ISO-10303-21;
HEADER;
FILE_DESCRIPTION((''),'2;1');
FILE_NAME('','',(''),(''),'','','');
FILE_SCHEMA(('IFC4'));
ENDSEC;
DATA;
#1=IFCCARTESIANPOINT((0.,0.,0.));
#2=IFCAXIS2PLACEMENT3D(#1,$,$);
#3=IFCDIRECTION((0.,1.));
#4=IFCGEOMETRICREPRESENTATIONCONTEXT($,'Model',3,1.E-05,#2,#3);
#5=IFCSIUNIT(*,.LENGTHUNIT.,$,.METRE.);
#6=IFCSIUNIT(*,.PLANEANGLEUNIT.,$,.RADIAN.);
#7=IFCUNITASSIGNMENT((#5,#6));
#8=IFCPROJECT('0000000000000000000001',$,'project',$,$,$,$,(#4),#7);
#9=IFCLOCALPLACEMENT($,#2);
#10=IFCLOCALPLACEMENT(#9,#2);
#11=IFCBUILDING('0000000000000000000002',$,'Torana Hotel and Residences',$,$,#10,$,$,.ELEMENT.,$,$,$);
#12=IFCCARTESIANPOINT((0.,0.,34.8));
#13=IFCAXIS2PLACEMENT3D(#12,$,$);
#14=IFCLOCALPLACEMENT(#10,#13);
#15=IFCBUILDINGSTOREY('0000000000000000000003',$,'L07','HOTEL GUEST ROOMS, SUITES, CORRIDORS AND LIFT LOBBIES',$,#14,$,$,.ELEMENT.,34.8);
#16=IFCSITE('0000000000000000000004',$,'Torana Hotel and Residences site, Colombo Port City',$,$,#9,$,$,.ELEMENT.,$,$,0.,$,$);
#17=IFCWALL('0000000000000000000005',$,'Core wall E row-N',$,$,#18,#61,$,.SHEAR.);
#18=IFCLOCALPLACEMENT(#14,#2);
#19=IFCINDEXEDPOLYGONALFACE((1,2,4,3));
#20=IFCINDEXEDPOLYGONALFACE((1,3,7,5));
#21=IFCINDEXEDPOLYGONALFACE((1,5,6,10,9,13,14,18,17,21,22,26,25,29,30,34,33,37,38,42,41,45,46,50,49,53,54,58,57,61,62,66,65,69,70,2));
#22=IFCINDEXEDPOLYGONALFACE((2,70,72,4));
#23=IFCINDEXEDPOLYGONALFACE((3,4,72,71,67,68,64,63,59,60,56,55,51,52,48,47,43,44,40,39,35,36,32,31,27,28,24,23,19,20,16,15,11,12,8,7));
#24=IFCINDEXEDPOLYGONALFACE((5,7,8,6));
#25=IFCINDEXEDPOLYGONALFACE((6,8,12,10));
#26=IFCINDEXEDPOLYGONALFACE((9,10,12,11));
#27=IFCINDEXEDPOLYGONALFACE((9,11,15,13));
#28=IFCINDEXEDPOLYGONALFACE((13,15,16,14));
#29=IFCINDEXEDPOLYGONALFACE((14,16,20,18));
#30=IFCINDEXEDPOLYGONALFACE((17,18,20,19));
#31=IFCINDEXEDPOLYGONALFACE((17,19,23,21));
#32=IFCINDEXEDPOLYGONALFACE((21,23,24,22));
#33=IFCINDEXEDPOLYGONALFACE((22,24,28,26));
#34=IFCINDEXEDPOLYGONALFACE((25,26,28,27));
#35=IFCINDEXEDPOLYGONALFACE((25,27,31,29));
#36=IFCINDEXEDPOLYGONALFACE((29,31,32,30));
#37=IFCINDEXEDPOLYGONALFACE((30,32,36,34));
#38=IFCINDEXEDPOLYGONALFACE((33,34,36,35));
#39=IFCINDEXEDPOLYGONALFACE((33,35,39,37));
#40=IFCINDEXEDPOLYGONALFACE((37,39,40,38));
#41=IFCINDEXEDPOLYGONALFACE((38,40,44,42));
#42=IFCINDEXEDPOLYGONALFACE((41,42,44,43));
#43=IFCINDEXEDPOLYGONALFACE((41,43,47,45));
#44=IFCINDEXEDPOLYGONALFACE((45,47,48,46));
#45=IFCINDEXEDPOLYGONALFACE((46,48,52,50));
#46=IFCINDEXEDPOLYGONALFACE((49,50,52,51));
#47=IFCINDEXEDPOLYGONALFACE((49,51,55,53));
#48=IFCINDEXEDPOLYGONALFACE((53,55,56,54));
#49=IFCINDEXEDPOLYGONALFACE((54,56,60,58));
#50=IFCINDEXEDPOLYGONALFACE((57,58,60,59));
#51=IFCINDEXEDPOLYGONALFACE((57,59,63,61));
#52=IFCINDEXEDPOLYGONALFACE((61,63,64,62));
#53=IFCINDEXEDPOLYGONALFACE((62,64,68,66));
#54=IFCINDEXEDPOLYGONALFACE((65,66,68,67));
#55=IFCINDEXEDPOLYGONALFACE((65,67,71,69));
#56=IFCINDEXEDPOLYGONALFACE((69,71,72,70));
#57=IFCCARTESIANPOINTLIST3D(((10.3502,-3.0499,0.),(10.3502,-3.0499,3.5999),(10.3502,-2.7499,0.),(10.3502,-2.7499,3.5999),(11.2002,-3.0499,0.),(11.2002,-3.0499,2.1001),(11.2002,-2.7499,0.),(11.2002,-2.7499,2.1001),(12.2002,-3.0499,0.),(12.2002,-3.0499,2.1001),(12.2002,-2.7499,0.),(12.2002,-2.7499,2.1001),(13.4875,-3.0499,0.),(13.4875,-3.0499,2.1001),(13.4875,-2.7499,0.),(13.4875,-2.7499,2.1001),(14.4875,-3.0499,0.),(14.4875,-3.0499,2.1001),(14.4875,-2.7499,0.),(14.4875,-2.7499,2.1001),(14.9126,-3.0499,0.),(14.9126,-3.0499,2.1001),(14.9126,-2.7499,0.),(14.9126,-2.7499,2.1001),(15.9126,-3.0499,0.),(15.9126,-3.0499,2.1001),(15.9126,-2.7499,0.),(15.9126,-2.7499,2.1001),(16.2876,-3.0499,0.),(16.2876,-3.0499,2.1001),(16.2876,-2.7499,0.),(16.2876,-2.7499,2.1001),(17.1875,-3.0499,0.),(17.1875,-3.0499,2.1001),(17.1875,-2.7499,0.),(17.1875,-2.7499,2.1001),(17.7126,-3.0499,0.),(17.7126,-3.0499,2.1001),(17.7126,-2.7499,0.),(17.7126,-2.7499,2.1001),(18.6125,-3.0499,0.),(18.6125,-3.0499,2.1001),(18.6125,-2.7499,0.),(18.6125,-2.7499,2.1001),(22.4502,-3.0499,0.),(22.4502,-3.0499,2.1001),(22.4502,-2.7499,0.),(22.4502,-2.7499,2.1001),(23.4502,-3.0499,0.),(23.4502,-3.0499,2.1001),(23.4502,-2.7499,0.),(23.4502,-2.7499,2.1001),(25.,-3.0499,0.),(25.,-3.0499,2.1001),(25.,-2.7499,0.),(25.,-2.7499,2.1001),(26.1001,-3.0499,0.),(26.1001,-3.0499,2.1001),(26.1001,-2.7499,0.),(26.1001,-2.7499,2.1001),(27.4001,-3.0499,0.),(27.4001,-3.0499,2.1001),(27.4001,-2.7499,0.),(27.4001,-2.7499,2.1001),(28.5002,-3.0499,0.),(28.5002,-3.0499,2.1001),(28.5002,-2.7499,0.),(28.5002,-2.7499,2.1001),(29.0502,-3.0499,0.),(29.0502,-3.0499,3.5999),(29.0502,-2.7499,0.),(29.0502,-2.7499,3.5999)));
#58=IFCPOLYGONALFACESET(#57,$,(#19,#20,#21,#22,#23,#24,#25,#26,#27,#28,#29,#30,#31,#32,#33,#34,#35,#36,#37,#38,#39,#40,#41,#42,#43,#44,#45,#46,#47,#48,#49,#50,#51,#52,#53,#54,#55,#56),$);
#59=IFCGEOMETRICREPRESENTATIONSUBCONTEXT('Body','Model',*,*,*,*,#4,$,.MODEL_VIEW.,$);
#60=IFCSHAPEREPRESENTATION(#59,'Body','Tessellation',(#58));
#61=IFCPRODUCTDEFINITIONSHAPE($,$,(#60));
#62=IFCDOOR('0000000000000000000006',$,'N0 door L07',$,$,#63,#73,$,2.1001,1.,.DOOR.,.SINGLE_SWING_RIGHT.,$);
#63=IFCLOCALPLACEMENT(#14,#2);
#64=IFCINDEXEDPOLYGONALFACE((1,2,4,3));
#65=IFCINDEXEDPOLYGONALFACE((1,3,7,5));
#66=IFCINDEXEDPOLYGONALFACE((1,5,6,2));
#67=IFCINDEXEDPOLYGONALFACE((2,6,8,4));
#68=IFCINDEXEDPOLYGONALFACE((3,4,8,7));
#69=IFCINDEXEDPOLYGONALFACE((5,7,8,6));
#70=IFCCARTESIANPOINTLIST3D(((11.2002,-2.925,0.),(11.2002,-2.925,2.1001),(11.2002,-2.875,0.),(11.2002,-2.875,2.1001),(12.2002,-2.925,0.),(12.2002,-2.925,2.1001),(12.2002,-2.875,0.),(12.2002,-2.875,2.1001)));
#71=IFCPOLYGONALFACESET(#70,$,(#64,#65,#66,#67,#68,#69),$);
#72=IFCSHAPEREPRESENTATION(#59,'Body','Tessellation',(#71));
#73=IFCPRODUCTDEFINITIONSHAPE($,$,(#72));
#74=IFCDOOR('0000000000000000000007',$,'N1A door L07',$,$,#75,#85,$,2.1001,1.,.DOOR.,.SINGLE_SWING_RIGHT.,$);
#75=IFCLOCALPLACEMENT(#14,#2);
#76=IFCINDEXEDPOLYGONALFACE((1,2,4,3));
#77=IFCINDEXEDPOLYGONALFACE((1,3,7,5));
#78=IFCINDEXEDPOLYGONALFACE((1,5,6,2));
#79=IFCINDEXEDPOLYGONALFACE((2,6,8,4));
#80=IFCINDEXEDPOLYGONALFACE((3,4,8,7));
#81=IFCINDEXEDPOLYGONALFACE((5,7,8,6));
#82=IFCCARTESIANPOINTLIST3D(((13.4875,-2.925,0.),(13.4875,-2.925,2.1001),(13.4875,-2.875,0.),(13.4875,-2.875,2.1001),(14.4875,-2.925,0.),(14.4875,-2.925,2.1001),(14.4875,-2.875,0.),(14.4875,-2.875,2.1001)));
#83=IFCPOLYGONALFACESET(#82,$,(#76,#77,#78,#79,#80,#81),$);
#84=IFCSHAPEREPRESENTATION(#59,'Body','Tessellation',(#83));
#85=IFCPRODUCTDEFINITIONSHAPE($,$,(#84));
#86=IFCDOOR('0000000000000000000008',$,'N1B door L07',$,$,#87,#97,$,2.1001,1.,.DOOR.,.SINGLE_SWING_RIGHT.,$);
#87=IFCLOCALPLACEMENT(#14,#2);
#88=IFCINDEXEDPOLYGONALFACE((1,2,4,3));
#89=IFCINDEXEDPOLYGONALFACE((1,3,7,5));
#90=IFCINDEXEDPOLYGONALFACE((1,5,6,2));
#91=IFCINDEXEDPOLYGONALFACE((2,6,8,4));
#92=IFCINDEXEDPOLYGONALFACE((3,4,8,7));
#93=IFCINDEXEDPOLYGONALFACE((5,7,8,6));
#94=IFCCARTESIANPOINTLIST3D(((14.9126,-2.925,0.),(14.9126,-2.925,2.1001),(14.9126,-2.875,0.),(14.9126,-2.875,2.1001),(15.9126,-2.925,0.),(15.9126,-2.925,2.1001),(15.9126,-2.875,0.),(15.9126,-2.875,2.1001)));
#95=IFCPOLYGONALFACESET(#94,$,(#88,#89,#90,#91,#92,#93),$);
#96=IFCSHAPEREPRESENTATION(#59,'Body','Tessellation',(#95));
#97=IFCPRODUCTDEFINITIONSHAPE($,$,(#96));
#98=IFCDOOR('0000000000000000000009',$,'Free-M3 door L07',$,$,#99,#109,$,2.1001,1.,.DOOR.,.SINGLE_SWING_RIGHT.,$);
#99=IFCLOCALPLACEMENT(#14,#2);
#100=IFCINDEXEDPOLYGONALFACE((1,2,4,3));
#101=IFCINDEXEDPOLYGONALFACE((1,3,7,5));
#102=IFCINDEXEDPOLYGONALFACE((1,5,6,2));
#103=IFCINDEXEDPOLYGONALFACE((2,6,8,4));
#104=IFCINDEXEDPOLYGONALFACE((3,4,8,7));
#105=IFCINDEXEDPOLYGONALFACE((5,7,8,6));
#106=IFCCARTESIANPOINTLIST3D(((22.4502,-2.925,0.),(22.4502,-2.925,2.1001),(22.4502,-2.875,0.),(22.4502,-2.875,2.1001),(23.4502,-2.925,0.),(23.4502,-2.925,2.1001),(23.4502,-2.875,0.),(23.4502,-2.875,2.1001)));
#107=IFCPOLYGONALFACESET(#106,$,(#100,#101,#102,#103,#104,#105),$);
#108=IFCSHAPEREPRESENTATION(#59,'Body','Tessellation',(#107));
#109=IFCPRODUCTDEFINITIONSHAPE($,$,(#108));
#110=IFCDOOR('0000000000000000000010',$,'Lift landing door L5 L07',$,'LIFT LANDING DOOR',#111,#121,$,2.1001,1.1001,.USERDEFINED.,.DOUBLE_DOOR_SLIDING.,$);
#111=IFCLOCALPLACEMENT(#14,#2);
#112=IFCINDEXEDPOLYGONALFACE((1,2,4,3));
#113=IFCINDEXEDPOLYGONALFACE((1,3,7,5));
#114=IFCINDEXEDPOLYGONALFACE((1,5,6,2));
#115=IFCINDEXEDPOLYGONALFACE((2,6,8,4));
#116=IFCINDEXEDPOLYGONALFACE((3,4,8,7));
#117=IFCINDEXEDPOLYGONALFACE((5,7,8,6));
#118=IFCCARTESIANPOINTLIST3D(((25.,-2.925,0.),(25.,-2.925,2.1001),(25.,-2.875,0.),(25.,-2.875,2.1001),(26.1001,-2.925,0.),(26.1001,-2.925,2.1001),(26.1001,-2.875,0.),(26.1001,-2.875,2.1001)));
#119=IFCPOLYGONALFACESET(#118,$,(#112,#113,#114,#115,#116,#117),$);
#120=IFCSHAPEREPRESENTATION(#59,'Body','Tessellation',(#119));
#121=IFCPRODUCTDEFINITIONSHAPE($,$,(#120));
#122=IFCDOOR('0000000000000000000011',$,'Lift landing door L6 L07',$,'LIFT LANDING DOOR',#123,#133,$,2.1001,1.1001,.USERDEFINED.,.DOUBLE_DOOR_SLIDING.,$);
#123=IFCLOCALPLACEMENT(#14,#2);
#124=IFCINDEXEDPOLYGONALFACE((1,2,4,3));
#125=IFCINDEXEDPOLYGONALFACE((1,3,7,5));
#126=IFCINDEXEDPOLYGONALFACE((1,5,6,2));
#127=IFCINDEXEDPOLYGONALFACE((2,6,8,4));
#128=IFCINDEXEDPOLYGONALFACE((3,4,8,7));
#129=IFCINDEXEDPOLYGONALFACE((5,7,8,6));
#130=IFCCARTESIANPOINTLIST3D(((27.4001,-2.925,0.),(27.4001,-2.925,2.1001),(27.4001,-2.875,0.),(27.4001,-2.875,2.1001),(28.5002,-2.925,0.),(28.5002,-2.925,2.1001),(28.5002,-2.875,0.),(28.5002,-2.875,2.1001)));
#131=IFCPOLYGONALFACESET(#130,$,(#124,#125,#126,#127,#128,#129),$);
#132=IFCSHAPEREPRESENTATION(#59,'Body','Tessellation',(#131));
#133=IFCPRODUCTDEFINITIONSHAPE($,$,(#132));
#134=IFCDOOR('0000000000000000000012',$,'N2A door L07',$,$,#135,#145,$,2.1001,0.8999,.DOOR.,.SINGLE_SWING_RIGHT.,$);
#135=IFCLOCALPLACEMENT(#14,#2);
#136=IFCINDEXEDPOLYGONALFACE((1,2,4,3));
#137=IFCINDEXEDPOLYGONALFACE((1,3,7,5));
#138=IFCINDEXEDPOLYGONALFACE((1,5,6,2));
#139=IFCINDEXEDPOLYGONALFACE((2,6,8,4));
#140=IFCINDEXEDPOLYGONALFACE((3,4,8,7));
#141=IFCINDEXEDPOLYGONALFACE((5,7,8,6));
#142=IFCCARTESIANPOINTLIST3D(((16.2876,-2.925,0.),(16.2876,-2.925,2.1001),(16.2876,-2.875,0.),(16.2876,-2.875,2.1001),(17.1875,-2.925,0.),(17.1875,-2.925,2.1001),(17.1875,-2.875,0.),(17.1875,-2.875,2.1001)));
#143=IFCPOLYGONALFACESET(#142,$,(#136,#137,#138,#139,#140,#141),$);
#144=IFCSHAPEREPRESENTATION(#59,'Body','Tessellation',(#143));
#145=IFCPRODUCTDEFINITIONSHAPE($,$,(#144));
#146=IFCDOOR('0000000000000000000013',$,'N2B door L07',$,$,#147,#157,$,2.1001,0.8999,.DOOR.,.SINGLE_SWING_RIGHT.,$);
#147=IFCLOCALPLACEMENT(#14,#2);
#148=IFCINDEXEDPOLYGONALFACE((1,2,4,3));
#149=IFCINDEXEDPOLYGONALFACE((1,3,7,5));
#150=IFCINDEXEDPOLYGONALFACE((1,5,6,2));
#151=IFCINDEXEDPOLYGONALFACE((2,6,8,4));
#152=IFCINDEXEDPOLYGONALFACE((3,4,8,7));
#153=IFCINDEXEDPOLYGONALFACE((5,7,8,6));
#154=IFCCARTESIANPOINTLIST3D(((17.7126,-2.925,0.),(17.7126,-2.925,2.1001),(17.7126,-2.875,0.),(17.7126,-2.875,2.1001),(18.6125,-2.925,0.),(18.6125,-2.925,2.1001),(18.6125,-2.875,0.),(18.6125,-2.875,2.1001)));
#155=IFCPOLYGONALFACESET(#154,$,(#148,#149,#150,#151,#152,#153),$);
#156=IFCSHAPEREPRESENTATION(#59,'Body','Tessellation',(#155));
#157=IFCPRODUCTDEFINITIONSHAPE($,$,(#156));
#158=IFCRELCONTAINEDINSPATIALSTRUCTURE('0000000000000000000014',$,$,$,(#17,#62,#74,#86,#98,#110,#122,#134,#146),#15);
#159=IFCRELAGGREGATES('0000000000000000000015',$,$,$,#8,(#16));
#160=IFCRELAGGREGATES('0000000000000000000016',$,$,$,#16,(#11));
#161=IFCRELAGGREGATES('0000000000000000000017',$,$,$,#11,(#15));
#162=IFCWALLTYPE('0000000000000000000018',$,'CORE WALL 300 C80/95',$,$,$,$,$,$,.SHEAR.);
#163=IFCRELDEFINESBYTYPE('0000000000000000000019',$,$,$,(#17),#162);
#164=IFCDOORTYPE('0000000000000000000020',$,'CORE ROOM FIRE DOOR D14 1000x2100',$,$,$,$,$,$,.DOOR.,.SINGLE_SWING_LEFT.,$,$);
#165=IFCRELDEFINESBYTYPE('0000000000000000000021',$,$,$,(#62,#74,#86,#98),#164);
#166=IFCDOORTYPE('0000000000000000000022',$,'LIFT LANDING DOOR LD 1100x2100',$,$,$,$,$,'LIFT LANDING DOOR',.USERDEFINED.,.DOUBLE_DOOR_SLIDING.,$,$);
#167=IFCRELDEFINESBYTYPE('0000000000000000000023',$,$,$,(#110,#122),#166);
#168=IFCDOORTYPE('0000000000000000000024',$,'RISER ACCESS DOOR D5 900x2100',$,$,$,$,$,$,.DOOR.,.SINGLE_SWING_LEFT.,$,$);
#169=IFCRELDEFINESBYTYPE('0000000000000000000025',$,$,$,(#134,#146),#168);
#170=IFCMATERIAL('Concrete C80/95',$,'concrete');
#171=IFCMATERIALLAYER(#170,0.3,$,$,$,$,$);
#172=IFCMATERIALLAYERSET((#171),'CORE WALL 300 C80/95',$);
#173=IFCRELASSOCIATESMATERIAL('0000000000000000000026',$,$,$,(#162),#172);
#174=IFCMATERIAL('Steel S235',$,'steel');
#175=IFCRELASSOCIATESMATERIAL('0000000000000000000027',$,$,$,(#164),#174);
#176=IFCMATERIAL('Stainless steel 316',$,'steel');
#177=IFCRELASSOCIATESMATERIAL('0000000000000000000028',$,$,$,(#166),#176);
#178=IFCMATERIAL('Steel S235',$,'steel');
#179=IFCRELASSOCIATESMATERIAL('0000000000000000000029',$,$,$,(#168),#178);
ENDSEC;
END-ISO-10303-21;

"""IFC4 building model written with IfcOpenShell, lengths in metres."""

from ifc_helpers import new_model, si_unit, direction, frame, frame_2d, origin, place, context, subcontext, project, spatial, rectangle, extrude, material, layer, layer_set, type_object, element, fill, save


model = new_model("IFC4")

# Units and contexts
model_context = context("Model", 3, precision=1e-05, world=origin(), true_north=direction((0.0, 1.0)))
body_context = subcontext(model_context, "Body", "Model", "MODEL_VIEW")
ifc_project = project(units=[si_unit("LENGTHUNIT", "METRE"), si_unit("PLANEANGLEUNIT", "RADIAN")], contexts=[model_context])

# Site, building, storey
site_placement = place(None, origin())
site = spatial("IfcSite", under=ifc_project, at=site_placement, Name="Torana Hotel and Residences site, Colombo Port City", CompositionType="ELEMENT", RefElevation=0.0)
building_placement = place(site_placement, origin())
building = spatial("IfcBuilding", under=site, at=building_placement, Name="Torana Hotel and Residences", CompositionType="ELEMENT")
storey_placement = place(building_placement, frame((0.0, 0.0, 34.8)))
storey = spatial("IfcBuildingStorey", under=building, at=storey_placement, Name="L07", Description="HOTEL GUEST ROOMS, SUITES, CORRIDORS AND LIFT LOBBIES", CompositionType="ELEMENT", Elevation=34.8)

# Wall, openings, doors
ifc_material_1 = material(Name="Concrete C80/95", Category="concrete")
ifc_layer_1 = layer(ifc_material_1, 0.3)
ifc_layer_set_1 = layer_set([ifc_layer_1], Name="CORE WALL 300 C80/95")
wall_type_1 = type_object("IfcWallType", Name="CORE WALL 300 C80/95", PredefinedType="SHEAR", material=ifc_layer_set_1)
wall_1_placement = place(storey_placement, frame((10.3501, -2.8999, 0.0), z_axis=(0.0, 0.0, 1.0), x_axis=(1.0, 0.0, 0.0)))
wall_1 = element("IfcWall", 1, at=wall_1_placement, inside=storey, type_object=wall_type_1, Name="Core wall E row-N", PredefinedType="SHEAR", context=body_context, shape_type="SweptSolid", body=[
    extrude(rectangle(XDim=18.7, YDim=0.3, at=frame_2d((9.3501, 0.0))), origin(), (0.0, 0.0, 1.0), 3.5999),
])
opening_1_placement = place(wall_1_placement, frame((14.6499, 0.0, 0.0)))
opening_1 = element("IfcOpeningElement", 2, at=opening_1_placement, cuts=wall_1, PredefinedType="OPENING", context=body_context, shape_type="SweptSolid", body=[
    extrude(rectangle(XDim=1.1001, YDim=2.1001, at=frame_2d((0.55, 1.05))), frame((0.0, 0.1599, 0.0), z_axis=(0.0, -1.0, 0.0), x_axis=(1.0, 0.0, 0.0)), (0.0, 0.0, 1.0), 0.3201),
])
opening_2_placement = place(wall_1_placement, frame((17.05, 0.0, 0.0)))
opening_2 = element("IfcOpeningElement", 3, at=opening_2_placement, cuts=wall_1, PredefinedType="OPENING", context=body_context, shape_type="SweptSolid", body=[
    extrude(rectangle(XDim=1.1001, YDim=2.1001, at=frame_2d((0.55, 1.05))), frame((0.0, 0.1599, 0.0), z_axis=(0.0, -1.0, 0.0), x_axis=(1.0, 0.0, 0.0)), (0.0, 0.0, 1.0), 0.3201),
])
opening_3_placement = place(wall_1_placement, frame((5.9375, 0.0, 0.0)))
opening_3 = element("IfcOpeningElement", 4, at=opening_3_placement, cuts=wall_1, PredefinedType="OPENING", context=body_context, shape_type="SweptSolid", body=[
    extrude(rectangle(XDim=0.8999, YDim=2.1001, at=frame_2d((0.45, 1.05))), frame((0.0, 0.1599, 0.0), z_axis=(0.0, -1.0, 0.0), x_axis=(1.0, 0.0, 0.0)), (0.0, 0.0, 1.0), 0.3201),
])
opening_4_placement = place(wall_1_placement, frame((7.3625, 0.0, 0.0)))
opening_4 = element("IfcOpeningElement", 5, at=opening_4_placement, cuts=wall_1, PredefinedType="OPENING", context=body_context, shape_type="SweptSolid", body=[
    extrude(rectangle(XDim=0.8999, YDim=2.1001, at=frame_2d((0.45, 1.05))), frame((0.0, 0.1599, 0.0), z_axis=(0.0, -1.0, 0.0), x_axis=(1.0, 0.0, 0.0)), (0.0, 0.0, 1.0), 0.3201),
])
opening_5_placement = place(wall_1_placement, frame((0.8501, 0.0, 0.0)))
opening_5 = element("IfcOpeningElement", 6, at=opening_5_placement, cuts=wall_1, PredefinedType="OPENING", context=body_context, shape_type="SweptSolid", body=[
    extrude(rectangle(XDim=1.0, YDim=2.1001, at=frame_2d((0.5, 1.05))), frame((0.0, 0.1599, 0.0), z_axis=(0.0, -1.0, 0.0), x_axis=(1.0, 0.0, 0.0)), (0.0, 0.0, 1.0), 0.3201),
])
opening_6_placement = place(wall_1_placement, frame((3.1375, 0.0, 0.0)))
opening_6 = element("IfcOpeningElement", 7, at=opening_6_placement, cuts=wall_1, PredefinedType="OPENING", context=body_context, shape_type="SweptSolid", body=[
    extrude(rectangle(XDim=1.0, YDim=2.1001, at=frame_2d((0.5, 1.05))), frame((0.0, 0.1599, 0.0), z_axis=(0.0, -1.0, 0.0), x_axis=(1.0, 0.0, 0.0)), (0.0, 0.0, 1.0), 0.3201),
])
opening_7_placement = place(wall_1_placement, frame((4.5625, 0.0, 0.0)))
opening_7 = element("IfcOpeningElement", 8, at=opening_7_placement, cuts=wall_1, PredefinedType="OPENING", context=body_context, shape_type="SweptSolid", body=[
    extrude(rectangle(XDim=1.0, YDim=2.1001, at=frame_2d((0.5, 1.05))), frame((0.0, 0.1599, 0.0), z_axis=(0.0, -1.0, 0.0), x_axis=(1.0, 0.0, 0.0)), (0.0, 0.0, 1.0), 0.3201),
])
opening_8_placement = place(wall_1_placement, frame((12.1001, 0.0, 0.0)))
opening_8 = element("IfcOpeningElement", 9, at=opening_8_placement, cuts=wall_1, PredefinedType="OPENING", context=body_context, shape_type="SweptSolid", body=[
    extrude(rectangle(XDim=1.0, YDim=2.1001, at=frame_2d((0.5, 1.05))), frame((0.0, 0.1599, 0.0), z_axis=(0.0, -1.0, 0.0), x_axis=(1.0, 0.0, 0.0)), (0.0, 0.0, 1.0), 0.3201),
])
ifc_material_2 = material(Name="Steel S235", Category="steel")
door_type_1 = type_object("IfcDoorType", Name="CORE ROOM FIRE DOOR D14 1000x2100", OperationType="SINGLE_SWING_LEFT", PredefinedType="DOOR", material=ifc_material_2)
door_1_placement = place(opening_5_placement, origin())
door_1 = element("IfcDoor", 10, at=door_1_placement, inside=storey, type_object=door_type_1, Name="N0 door L07", OperationType="SINGLE_SWING_RIGHT", OverallHeight=2.1001, OverallWidth=1.0, PredefinedType="DOOR", context=body_context, shape_type="SweptSolid", body=[
    extrude(rectangle(XDim=1.0, YDim=2.1001, at=frame_2d((0.5, 1.05))), frame((0.0, 0.0249, 0.0), z_axis=(0.0, -1.0, 0.0), x_axis=(1.0, 0.0, 0.0)), (0.0, 0.0, 1.0), 0.05),
])
fill(opening_5, door_1)
door_2_placement = place(opening_6_placement, origin())
door_2 = element("IfcDoor", 11, at=door_2_placement, inside=storey, type_object=door_type_1, Name="N1A door L07", OperationType="SINGLE_SWING_RIGHT", OverallHeight=2.1001, OverallWidth=1.0, PredefinedType="DOOR", context=body_context, shape_type="SweptSolid", body=[
    extrude(rectangle(XDim=1.0, YDim=2.1001, at=frame_2d((0.5, 1.05))), frame((0.0, 0.0249, 0.0), z_axis=(0.0, -1.0, 0.0), x_axis=(1.0, 0.0, 0.0)), (0.0, 0.0, 1.0), 0.05),
])
fill(opening_6, door_2)
door_3_placement = place(opening_7_placement, origin())
door_3 = element("IfcDoor", 12, at=door_3_placement, inside=storey, type_object=door_type_1, Name="N1B door L07", OperationType="SINGLE_SWING_RIGHT", OverallHeight=2.1001, OverallWidth=1.0, PredefinedType="DOOR", context=body_context, shape_type="SweptSolid", body=[
    extrude(rectangle(XDim=1.0, YDim=2.1001, at=frame_2d((0.5, 1.05))), frame((0.0, 0.0249, 0.0), z_axis=(0.0, -1.0, 0.0), x_axis=(1.0, 0.0, 0.0)), (0.0, 0.0, 1.0), 0.05),
])
fill(opening_7, door_3)
door_4_placement = place(opening_8_placement, origin())
door_4 = element("IfcDoor", 13, at=door_4_placement, inside=storey, type_object=door_type_1, Name="Free-M3 door L07", OperationType="SINGLE_SWING_RIGHT", OverallHeight=2.1001, OverallWidth=1.0, PredefinedType="DOOR", context=body_context, shape_type="SweptSolid", body=[
    extrude(rectangle(XDim=1.0, YDim=2.1001, at=frame_2d((0.5, 1.05))), frame((0.0, 0.0249, 0.0), z_axis=(0.0, -1.0, 0.0), x_axis=(1.0, 0.0, 0.0)), (0.0, 0.0, 1.0), 0.05),
])
fill(opening_8, door_4)
ifc_material_3 = material(Name="Stainless steel 316", Category="steel")
door_type_2 = type_object("IfcDoorType", Name="LIFT LANDING DOOR LD 1100x2100", ElementType="LIFT LANDING DOOR", OperationType="DOUBLE_DOOR_SLIDING", PredefinedType="USERDEFINED", material=ifc_material_3)
door_5_placement = place(opening_1_placement, origin())
door_5 = element("IfcDoor", 14, at=door_5_placement, inside=storey, type_object=door_type_2, Name="Lift landing door L5 L07", ObjectType="LIFT LANDING DOOR", OperationType="DOUBLE_DOOR_SLIDING", OverallHeight=2.1001, OverallWidth=1.1001, PredefinedType="USERDEFINED", context=body_context, shape_type="SweptSolid", body=[
    extrude(rectangle(XDim=1.1001, YDim=2.1001, at=frame_2d((0.55, 1.05))), frame((0.0, 0.0249, 0.0), z_axis=(0.0, -1.0, 0.0), x_axis=(1.0, 0.0, 0.0)), (0.0, 0.0, 1.0), 0.05),
])
fill(opening_1, door_5)
door_6_placement = place(opening_2_placement, origin())
door_6 = element("IfcDoor", 15, at=door_6_placement, inside=storey, type_object=door_type_2, Name="Lift landing door L6 L07", ObjectType="LIFT LANDING DOOR", OperationType="DOUBLE_DOOR_SLIDING", OverallHeight=2.1001, OverallWidth=1.1001, PredefinedType="USERDEFINED", context=body_context, shape_type="SweptSolid", body=[
    extrude(rectangle(XDim=1.1001, YDim=2.1001, at=frame_2d((0.55, 1.05))), frame((0.0, 0.0249, 0.0), z_axis=(0.0, -1.0, 0.0), x_axis=(1.0, 0.0, 0.0)), (0.0, 0.0, 1.0), 0.05),
])
fill(opening_2, door_6)
ifc_material_4 = material(Name="Steel S235", Category="steel")
door_type_3 = type_object("IfcDoorType", Name="RISER ACCESS DOOR D5 900x2100", OperationType="SINGLE_SWING_LEFT", PredefinedType="DOOR", material=ifc_material_4)
door_7_placement = place(opening_3_placement, origin())
door_7 = element("IfcDoor", 16, at=door_7_placement, inside=storey, type_object=door_type_3, Name="N2A door L07", OperationType="SINGLE_SWING_RIGHT", OverallHeight=2.1001, OverallWidth=0.8999, PredefinedType="DOOR", context=body_context, shape_type="SweptSolid", body=[
    extrude(rectangle(XDim=0.8999, YDim=2.1001, at=frame_2d((0.45, 1.05))), frame((0.0, 0.0249, 0.0), z_axis=(0.0, -1.0, 0.0), x_axis=(1.0, 0.0, 0.0)), (0.0, 0.0, 1.0), 0.05),
])
fill(opening_3, door_7)
door_8_placement = place(opening_4_placement, origin())
door_8 = element("IfcDoor", 17, at=door_8_placement, inside=storey, type_object=door_type_3, Name="N2B door L07", OperationType="SINGLE_SWING_RIGHT", OverallHeight=2.1001, OverallWidth=0.8999, PredefinedType="DOOR", context=body_context, shape_type="SweptSolid", body=[
    extrude(rectangle(XDim=0.8999, YDim=2.1001, at=frame_2d((0.45, 1.05))), frame((0.0, 0.0249, 0.0), z_axis=(0.0, -1.0, 0.0), x_axis=(1.0, 0.0, 0.0)), (0.0, 0.0, 1.0), 0.05),
])
fill(opening_4, door_8)

save(model, "model.ifc")
